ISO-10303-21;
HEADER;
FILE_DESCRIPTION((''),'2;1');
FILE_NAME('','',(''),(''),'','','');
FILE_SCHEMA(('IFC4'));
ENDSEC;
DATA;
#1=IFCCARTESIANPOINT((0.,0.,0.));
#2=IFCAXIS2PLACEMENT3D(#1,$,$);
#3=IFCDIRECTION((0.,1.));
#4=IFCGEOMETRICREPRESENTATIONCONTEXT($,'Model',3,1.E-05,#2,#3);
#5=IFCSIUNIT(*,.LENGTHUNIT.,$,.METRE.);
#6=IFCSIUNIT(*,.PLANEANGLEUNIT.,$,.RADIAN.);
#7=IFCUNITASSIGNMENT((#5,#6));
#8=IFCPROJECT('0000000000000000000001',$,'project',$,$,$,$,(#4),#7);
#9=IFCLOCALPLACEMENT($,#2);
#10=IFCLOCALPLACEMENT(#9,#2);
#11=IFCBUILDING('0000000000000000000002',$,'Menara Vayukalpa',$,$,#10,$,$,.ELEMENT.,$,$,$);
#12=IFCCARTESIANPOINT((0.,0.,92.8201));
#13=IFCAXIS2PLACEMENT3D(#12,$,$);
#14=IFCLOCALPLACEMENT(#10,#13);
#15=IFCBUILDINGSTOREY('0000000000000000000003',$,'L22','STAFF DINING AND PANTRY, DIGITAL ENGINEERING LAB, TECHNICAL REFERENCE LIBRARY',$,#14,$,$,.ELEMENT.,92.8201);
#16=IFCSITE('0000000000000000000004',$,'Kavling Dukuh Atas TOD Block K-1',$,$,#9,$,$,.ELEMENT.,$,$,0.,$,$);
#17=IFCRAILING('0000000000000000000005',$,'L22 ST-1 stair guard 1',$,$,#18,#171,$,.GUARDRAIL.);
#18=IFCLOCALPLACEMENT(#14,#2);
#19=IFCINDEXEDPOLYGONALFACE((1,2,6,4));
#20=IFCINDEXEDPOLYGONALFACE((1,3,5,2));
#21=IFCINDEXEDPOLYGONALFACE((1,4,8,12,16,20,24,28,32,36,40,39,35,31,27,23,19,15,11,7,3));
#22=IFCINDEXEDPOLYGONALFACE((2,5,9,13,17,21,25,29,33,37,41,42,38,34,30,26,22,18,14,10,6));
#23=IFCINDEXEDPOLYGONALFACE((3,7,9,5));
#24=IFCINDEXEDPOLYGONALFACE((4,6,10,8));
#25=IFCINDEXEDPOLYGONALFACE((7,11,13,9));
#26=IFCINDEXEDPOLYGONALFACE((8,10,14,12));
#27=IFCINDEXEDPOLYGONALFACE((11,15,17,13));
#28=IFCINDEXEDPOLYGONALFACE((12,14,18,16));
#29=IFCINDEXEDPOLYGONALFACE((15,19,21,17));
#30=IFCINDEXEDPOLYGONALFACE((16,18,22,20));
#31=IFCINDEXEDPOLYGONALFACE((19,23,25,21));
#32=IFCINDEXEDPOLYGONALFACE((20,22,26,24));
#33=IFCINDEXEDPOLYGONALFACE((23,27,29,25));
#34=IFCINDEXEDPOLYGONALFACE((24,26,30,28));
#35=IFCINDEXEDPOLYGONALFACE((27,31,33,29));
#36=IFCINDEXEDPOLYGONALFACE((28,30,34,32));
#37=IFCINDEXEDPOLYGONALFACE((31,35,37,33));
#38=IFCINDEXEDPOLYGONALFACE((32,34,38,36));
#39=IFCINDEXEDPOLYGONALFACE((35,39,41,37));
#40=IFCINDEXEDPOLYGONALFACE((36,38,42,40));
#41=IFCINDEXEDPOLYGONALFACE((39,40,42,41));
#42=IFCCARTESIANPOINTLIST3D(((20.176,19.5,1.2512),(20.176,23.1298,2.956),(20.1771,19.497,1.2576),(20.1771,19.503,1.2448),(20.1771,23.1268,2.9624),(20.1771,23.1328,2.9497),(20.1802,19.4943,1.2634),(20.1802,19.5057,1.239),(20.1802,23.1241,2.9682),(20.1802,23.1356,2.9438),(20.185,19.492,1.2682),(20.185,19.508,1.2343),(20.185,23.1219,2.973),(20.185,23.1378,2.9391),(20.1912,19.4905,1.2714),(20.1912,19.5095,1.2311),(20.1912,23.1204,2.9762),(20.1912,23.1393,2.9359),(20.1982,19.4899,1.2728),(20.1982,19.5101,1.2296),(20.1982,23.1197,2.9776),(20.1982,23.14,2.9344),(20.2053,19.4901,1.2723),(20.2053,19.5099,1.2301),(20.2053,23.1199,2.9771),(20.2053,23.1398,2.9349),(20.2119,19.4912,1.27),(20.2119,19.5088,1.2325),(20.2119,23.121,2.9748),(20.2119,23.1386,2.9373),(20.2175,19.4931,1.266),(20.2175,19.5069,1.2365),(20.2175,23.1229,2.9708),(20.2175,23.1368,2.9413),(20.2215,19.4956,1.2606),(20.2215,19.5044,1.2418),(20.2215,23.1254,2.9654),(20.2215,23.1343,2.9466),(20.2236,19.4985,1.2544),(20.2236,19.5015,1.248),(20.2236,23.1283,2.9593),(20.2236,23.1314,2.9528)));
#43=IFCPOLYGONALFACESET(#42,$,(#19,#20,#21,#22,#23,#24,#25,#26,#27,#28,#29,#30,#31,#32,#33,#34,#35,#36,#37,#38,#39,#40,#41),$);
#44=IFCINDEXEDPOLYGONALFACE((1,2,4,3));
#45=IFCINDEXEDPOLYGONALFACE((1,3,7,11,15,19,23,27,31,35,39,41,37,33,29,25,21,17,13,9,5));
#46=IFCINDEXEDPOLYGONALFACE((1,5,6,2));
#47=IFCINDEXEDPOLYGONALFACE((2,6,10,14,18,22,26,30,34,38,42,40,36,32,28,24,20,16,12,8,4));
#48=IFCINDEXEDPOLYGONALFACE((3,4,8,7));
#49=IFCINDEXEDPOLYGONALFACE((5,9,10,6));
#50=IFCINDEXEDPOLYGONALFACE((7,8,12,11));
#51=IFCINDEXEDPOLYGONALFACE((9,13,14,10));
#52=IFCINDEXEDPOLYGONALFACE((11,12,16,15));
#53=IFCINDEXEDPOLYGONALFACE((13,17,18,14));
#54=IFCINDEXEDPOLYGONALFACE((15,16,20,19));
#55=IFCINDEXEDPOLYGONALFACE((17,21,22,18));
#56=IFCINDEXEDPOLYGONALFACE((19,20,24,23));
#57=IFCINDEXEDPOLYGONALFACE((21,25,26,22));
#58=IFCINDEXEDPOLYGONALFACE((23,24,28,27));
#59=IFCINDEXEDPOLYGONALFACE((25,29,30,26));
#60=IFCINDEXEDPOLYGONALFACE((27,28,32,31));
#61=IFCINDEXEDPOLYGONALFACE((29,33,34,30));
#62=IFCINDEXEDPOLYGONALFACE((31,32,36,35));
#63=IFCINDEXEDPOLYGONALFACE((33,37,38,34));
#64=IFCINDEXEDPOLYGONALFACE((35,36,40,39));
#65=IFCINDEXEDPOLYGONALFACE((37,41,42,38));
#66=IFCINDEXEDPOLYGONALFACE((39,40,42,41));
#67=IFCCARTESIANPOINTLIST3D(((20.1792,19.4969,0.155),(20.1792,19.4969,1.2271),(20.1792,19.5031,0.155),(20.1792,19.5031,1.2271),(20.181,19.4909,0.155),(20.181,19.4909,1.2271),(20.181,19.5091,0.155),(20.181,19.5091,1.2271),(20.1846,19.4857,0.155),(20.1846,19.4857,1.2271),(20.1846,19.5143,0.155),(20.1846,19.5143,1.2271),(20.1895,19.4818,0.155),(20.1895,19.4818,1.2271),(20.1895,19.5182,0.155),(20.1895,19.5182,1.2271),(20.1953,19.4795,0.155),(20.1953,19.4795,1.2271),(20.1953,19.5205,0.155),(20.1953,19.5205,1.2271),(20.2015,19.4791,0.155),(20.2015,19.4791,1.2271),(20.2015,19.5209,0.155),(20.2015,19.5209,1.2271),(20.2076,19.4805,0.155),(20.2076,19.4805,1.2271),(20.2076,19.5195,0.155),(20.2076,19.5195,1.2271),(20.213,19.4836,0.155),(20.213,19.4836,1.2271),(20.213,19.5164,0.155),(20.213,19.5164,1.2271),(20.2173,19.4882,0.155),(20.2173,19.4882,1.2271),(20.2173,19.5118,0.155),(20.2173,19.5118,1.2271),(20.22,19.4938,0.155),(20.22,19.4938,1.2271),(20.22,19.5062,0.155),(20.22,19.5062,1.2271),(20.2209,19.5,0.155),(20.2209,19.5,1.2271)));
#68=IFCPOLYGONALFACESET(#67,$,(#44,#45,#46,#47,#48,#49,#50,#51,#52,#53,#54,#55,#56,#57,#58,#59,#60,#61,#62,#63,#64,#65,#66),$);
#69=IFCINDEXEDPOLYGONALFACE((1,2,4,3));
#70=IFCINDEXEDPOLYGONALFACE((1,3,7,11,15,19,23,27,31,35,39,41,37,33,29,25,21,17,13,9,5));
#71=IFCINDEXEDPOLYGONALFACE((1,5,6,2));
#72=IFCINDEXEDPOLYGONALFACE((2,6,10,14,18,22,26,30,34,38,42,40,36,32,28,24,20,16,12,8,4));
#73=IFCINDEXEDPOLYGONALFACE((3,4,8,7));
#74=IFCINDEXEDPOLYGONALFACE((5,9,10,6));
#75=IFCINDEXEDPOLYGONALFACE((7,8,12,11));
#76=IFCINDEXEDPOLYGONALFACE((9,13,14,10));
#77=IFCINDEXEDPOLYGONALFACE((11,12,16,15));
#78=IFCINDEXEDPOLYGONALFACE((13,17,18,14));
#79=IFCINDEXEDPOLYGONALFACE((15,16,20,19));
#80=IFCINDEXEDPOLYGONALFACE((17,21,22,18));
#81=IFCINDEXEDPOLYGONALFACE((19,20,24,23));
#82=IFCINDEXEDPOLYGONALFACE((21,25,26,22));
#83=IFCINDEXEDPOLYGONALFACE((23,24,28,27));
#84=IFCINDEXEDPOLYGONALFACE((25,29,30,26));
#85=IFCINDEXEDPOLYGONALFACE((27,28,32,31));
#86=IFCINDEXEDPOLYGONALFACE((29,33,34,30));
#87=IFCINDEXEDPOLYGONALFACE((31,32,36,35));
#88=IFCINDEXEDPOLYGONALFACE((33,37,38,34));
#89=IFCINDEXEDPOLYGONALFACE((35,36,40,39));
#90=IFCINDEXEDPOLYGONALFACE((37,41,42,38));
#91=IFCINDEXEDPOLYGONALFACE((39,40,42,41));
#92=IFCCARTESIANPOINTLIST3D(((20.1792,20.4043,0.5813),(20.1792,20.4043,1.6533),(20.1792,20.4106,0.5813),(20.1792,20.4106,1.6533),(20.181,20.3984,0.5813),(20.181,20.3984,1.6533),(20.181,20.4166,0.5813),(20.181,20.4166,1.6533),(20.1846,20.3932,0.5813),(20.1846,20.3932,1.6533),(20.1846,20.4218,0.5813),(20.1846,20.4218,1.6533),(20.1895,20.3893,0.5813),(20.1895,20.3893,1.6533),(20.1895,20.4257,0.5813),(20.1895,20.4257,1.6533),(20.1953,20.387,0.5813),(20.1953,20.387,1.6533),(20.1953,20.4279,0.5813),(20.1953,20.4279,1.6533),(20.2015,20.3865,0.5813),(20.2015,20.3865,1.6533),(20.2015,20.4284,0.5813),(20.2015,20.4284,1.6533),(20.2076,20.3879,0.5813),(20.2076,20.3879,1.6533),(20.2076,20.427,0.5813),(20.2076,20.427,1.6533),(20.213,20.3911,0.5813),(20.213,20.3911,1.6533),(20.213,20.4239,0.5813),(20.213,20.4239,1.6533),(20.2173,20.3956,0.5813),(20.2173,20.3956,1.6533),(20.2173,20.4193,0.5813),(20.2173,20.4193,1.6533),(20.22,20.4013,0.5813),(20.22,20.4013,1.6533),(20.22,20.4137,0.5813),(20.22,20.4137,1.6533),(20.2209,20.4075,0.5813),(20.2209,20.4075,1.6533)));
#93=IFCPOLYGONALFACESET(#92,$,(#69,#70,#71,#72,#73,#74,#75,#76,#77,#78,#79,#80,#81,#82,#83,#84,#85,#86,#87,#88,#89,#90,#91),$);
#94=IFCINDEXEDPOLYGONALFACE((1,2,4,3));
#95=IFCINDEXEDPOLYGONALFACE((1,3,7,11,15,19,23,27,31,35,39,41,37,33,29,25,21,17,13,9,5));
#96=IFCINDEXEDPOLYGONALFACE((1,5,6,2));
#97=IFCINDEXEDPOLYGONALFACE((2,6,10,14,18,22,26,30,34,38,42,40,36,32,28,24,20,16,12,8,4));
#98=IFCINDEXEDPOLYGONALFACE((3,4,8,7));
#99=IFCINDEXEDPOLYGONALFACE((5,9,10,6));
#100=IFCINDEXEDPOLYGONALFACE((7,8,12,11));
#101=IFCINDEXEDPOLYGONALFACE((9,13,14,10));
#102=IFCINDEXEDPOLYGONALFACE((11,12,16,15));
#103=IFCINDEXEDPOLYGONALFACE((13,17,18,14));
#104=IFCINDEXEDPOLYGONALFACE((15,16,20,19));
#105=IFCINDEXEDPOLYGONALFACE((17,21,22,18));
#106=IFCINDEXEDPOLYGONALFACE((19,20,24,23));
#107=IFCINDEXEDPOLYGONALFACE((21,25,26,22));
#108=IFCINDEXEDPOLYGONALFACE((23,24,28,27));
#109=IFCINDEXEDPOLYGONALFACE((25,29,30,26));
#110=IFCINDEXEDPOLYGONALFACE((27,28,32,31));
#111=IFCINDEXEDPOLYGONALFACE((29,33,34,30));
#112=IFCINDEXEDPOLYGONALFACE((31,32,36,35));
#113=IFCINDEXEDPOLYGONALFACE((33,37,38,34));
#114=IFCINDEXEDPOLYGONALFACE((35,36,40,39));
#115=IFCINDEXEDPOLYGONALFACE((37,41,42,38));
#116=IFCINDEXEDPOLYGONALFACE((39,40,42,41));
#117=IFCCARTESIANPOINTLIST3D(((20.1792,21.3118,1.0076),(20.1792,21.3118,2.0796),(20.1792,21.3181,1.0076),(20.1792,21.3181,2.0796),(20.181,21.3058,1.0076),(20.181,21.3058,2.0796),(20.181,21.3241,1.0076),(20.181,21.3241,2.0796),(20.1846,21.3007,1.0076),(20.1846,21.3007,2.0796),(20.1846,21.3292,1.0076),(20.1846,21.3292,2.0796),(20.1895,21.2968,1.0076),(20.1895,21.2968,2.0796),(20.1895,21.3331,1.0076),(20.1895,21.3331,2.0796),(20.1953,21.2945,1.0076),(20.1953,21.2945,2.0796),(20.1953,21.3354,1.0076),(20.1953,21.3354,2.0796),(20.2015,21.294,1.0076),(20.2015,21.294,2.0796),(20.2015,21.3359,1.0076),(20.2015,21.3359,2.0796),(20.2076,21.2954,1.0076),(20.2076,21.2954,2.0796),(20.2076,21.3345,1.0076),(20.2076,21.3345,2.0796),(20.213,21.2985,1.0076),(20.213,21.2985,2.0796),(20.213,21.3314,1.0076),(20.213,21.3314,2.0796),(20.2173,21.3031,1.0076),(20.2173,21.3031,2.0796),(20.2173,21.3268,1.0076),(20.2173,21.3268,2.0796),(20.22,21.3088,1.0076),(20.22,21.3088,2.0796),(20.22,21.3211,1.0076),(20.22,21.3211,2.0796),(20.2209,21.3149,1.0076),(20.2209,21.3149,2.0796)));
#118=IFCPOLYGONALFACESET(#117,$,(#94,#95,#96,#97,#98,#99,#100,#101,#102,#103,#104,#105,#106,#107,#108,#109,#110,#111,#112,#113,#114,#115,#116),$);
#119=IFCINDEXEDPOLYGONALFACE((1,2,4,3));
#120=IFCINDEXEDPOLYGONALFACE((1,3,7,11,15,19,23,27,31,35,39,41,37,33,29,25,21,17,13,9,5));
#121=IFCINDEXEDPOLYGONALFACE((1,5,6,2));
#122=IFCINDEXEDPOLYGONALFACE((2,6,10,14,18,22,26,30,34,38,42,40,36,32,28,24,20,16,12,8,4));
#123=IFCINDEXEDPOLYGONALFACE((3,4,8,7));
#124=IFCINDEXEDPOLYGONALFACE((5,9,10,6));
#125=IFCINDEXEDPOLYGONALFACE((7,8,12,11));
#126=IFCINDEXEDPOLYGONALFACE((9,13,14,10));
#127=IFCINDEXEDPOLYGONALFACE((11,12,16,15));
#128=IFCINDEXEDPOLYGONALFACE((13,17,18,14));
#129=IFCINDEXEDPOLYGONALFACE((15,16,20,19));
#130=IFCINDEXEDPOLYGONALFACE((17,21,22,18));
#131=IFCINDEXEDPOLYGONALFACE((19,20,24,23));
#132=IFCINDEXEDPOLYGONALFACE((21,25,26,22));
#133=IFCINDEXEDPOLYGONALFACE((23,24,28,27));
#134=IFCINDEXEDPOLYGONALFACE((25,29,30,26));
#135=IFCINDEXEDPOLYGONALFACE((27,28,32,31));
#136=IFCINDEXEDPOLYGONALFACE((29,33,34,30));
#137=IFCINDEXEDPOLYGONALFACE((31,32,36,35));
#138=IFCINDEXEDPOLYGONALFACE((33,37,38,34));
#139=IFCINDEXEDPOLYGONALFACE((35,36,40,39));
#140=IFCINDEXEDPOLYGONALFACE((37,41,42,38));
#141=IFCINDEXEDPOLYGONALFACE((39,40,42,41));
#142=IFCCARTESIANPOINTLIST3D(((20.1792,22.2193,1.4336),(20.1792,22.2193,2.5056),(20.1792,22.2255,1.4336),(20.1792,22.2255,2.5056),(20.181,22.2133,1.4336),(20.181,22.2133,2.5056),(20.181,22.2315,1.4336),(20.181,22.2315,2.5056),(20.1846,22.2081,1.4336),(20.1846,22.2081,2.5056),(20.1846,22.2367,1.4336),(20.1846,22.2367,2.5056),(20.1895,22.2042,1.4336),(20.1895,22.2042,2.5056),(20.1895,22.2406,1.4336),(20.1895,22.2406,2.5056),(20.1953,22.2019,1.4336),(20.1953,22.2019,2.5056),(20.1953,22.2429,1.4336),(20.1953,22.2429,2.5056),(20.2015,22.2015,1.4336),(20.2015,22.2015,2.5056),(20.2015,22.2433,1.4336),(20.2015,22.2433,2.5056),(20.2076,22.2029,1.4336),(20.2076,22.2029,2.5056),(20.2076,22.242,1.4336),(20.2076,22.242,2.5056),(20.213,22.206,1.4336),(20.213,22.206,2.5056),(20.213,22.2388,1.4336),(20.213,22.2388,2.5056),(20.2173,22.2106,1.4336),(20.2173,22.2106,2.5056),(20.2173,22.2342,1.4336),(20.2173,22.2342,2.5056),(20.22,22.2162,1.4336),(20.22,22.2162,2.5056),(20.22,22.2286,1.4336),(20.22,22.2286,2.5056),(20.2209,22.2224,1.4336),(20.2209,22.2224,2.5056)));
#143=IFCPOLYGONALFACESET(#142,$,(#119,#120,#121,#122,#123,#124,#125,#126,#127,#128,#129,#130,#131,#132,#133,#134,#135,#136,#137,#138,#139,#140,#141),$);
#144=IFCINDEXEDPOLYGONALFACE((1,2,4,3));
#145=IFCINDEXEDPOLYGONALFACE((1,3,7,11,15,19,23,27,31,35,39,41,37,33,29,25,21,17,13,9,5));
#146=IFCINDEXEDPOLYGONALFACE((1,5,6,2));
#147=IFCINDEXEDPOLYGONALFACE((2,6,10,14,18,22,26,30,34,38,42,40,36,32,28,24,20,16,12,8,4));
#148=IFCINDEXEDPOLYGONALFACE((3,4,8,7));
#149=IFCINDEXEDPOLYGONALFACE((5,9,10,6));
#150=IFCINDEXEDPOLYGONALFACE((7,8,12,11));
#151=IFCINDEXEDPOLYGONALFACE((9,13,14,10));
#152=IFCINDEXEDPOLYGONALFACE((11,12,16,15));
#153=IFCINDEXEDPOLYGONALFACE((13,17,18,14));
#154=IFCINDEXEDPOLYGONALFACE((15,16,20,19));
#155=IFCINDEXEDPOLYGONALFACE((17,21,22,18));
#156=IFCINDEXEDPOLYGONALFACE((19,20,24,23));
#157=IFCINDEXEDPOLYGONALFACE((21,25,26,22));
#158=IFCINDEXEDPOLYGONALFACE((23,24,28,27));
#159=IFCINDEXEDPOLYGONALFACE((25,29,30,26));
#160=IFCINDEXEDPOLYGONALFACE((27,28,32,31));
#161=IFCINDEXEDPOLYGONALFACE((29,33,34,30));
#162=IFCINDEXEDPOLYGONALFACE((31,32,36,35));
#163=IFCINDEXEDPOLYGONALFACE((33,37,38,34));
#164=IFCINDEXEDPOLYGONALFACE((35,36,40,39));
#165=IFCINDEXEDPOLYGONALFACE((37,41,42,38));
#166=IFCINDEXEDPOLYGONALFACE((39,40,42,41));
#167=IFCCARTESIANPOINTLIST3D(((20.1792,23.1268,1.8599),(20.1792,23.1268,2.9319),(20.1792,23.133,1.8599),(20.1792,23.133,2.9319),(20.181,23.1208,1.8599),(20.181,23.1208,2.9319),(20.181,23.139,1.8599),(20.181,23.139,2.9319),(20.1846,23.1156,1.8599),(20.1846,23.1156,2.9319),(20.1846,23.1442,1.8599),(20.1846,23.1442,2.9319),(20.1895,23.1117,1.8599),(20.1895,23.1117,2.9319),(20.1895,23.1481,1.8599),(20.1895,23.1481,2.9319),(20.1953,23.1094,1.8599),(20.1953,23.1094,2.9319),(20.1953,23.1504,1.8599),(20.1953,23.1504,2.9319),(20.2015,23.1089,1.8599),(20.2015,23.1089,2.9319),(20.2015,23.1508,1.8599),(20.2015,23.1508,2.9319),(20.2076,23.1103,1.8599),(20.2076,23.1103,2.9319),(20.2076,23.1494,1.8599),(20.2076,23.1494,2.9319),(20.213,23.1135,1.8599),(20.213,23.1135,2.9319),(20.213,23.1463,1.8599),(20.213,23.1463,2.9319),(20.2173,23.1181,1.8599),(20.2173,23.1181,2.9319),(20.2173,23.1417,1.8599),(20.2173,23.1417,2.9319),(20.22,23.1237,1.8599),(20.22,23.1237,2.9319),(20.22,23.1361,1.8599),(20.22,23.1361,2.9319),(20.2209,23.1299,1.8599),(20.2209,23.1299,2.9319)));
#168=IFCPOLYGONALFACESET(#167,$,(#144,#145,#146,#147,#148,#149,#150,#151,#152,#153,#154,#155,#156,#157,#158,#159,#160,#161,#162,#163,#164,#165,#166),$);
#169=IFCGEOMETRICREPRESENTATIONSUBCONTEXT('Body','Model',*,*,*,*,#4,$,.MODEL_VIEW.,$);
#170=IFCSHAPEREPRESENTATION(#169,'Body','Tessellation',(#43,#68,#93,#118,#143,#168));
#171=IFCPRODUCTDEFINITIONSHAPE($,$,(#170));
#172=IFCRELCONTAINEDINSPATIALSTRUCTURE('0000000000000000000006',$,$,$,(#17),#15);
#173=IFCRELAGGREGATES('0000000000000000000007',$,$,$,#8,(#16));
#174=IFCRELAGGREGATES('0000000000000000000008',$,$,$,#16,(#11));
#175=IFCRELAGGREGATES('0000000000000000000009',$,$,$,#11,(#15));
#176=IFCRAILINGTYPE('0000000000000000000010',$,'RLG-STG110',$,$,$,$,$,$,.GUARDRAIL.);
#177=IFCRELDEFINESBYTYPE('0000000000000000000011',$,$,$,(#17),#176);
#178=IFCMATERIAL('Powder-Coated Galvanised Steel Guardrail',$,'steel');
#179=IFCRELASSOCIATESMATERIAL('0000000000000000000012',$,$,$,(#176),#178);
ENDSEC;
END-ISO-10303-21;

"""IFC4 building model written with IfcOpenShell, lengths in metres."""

from ifc_helpers import new_model, si_unit, direction, frame, origin, origin_2d, place, context, subcontext, project, spatial, circle, extrude, material, type_object, element, save


model = new_model("IFC4")

# Units and contexts
model_context = context("Model", 3, precision=1e-05, world=origin(), true_north=direction((0.0, 1.0)))
body_context = subcontext(model_context, "Body", "Model", "MODEL_VIEW")
ifc_project = project(units=[si_unit("LENGTHUNIT", "METRE"), si_unit("PLANEANGLEUNIT", "RADIAN")], contexts=[model_context])

# Site, building, storey
site_placement = place(None, origin())
site = spatial("IfcSite", under=ifc_project, at=site_placement, Name="Kavling Dukuh Atas TOD Block K-1", CompositionType="ELEMENT", RefElevation=0.0)
building_placement = place(site_placement, origin())
building = spatial("IfcBuilding", under=site, at=building_placement, Name="Menara Vayukalpa", CompositionType="ELEMENT")
storey_placement = place(building_placement, frame((0.0, 0.0, 92.8201)))
storey = spatial("IfcBuildingStorey", under=building, at=storey_placement, Name="L22", Description="STAFF DINING AND PANTRY, DIGITAL ENGINEERING LAB, TECHNICAL REFERENCE LIBRARY", CompositionType="ELEMENT", Elevation=92.8201)

# Railing
ifc_material_1 = material(Name="Powder-Coated Galvanised Steel Guardrail", Category="steel")
railing_type = type_object("IfcRailingType", Name="RLG-STG110", PredefinedType="GUARDRAIL", material=ifc_material_1)
railing_1_placement = place(storey_placement, frame((20.2, 19.5, 0.155)))
element("IfcRailing", 1, at=railing_1_placement, inside=storey, type_object=railing_type, Name="L22 ST-1 stair guard 1", PredefinedType="GUARDRAIL", context=body_context, shape_type="SweptSolid", body=[
    extrude(circle(Radius=0.0239, at=origin_2d()), frame((0.0, 0.0, 1.0962), z_axis=(0.0, 0.90514, 0.425114), x_axis=(-1.0, 0.0, 0.0)), (0.0, 0.0, 1.0), 4.0103),
    extrude(circle(Radius=0.021, at=origin_2d()), origin(), (0.0, 0.0, 1.0), 1.072),
    extrude(circle(Radius=0.021, at=origin_2d()), frame((0.0, 0.9075, 0.4263)), (0.0, 0.0, 1.0), 1.072),
    extrude(circle(Radius=0.021, at=origin_2d()), frame((0.0, 1.8149, 0.8525)), (0.0, 0.0, 1.0), 1.072),
    extrude(circle(Radius=0.021, at=origin_2d()), frame((0.0, 2.7224, 1.2786)), (0.0, 0.0, 1.0), 1.072),
    extrude(circle(Radius=0.021, at=origin_2d()), frame((0.0, 3.6299, 1.7048)), (0.0, 0.0, 1.0), 1.072),
])

save(model, "model.ifc")
